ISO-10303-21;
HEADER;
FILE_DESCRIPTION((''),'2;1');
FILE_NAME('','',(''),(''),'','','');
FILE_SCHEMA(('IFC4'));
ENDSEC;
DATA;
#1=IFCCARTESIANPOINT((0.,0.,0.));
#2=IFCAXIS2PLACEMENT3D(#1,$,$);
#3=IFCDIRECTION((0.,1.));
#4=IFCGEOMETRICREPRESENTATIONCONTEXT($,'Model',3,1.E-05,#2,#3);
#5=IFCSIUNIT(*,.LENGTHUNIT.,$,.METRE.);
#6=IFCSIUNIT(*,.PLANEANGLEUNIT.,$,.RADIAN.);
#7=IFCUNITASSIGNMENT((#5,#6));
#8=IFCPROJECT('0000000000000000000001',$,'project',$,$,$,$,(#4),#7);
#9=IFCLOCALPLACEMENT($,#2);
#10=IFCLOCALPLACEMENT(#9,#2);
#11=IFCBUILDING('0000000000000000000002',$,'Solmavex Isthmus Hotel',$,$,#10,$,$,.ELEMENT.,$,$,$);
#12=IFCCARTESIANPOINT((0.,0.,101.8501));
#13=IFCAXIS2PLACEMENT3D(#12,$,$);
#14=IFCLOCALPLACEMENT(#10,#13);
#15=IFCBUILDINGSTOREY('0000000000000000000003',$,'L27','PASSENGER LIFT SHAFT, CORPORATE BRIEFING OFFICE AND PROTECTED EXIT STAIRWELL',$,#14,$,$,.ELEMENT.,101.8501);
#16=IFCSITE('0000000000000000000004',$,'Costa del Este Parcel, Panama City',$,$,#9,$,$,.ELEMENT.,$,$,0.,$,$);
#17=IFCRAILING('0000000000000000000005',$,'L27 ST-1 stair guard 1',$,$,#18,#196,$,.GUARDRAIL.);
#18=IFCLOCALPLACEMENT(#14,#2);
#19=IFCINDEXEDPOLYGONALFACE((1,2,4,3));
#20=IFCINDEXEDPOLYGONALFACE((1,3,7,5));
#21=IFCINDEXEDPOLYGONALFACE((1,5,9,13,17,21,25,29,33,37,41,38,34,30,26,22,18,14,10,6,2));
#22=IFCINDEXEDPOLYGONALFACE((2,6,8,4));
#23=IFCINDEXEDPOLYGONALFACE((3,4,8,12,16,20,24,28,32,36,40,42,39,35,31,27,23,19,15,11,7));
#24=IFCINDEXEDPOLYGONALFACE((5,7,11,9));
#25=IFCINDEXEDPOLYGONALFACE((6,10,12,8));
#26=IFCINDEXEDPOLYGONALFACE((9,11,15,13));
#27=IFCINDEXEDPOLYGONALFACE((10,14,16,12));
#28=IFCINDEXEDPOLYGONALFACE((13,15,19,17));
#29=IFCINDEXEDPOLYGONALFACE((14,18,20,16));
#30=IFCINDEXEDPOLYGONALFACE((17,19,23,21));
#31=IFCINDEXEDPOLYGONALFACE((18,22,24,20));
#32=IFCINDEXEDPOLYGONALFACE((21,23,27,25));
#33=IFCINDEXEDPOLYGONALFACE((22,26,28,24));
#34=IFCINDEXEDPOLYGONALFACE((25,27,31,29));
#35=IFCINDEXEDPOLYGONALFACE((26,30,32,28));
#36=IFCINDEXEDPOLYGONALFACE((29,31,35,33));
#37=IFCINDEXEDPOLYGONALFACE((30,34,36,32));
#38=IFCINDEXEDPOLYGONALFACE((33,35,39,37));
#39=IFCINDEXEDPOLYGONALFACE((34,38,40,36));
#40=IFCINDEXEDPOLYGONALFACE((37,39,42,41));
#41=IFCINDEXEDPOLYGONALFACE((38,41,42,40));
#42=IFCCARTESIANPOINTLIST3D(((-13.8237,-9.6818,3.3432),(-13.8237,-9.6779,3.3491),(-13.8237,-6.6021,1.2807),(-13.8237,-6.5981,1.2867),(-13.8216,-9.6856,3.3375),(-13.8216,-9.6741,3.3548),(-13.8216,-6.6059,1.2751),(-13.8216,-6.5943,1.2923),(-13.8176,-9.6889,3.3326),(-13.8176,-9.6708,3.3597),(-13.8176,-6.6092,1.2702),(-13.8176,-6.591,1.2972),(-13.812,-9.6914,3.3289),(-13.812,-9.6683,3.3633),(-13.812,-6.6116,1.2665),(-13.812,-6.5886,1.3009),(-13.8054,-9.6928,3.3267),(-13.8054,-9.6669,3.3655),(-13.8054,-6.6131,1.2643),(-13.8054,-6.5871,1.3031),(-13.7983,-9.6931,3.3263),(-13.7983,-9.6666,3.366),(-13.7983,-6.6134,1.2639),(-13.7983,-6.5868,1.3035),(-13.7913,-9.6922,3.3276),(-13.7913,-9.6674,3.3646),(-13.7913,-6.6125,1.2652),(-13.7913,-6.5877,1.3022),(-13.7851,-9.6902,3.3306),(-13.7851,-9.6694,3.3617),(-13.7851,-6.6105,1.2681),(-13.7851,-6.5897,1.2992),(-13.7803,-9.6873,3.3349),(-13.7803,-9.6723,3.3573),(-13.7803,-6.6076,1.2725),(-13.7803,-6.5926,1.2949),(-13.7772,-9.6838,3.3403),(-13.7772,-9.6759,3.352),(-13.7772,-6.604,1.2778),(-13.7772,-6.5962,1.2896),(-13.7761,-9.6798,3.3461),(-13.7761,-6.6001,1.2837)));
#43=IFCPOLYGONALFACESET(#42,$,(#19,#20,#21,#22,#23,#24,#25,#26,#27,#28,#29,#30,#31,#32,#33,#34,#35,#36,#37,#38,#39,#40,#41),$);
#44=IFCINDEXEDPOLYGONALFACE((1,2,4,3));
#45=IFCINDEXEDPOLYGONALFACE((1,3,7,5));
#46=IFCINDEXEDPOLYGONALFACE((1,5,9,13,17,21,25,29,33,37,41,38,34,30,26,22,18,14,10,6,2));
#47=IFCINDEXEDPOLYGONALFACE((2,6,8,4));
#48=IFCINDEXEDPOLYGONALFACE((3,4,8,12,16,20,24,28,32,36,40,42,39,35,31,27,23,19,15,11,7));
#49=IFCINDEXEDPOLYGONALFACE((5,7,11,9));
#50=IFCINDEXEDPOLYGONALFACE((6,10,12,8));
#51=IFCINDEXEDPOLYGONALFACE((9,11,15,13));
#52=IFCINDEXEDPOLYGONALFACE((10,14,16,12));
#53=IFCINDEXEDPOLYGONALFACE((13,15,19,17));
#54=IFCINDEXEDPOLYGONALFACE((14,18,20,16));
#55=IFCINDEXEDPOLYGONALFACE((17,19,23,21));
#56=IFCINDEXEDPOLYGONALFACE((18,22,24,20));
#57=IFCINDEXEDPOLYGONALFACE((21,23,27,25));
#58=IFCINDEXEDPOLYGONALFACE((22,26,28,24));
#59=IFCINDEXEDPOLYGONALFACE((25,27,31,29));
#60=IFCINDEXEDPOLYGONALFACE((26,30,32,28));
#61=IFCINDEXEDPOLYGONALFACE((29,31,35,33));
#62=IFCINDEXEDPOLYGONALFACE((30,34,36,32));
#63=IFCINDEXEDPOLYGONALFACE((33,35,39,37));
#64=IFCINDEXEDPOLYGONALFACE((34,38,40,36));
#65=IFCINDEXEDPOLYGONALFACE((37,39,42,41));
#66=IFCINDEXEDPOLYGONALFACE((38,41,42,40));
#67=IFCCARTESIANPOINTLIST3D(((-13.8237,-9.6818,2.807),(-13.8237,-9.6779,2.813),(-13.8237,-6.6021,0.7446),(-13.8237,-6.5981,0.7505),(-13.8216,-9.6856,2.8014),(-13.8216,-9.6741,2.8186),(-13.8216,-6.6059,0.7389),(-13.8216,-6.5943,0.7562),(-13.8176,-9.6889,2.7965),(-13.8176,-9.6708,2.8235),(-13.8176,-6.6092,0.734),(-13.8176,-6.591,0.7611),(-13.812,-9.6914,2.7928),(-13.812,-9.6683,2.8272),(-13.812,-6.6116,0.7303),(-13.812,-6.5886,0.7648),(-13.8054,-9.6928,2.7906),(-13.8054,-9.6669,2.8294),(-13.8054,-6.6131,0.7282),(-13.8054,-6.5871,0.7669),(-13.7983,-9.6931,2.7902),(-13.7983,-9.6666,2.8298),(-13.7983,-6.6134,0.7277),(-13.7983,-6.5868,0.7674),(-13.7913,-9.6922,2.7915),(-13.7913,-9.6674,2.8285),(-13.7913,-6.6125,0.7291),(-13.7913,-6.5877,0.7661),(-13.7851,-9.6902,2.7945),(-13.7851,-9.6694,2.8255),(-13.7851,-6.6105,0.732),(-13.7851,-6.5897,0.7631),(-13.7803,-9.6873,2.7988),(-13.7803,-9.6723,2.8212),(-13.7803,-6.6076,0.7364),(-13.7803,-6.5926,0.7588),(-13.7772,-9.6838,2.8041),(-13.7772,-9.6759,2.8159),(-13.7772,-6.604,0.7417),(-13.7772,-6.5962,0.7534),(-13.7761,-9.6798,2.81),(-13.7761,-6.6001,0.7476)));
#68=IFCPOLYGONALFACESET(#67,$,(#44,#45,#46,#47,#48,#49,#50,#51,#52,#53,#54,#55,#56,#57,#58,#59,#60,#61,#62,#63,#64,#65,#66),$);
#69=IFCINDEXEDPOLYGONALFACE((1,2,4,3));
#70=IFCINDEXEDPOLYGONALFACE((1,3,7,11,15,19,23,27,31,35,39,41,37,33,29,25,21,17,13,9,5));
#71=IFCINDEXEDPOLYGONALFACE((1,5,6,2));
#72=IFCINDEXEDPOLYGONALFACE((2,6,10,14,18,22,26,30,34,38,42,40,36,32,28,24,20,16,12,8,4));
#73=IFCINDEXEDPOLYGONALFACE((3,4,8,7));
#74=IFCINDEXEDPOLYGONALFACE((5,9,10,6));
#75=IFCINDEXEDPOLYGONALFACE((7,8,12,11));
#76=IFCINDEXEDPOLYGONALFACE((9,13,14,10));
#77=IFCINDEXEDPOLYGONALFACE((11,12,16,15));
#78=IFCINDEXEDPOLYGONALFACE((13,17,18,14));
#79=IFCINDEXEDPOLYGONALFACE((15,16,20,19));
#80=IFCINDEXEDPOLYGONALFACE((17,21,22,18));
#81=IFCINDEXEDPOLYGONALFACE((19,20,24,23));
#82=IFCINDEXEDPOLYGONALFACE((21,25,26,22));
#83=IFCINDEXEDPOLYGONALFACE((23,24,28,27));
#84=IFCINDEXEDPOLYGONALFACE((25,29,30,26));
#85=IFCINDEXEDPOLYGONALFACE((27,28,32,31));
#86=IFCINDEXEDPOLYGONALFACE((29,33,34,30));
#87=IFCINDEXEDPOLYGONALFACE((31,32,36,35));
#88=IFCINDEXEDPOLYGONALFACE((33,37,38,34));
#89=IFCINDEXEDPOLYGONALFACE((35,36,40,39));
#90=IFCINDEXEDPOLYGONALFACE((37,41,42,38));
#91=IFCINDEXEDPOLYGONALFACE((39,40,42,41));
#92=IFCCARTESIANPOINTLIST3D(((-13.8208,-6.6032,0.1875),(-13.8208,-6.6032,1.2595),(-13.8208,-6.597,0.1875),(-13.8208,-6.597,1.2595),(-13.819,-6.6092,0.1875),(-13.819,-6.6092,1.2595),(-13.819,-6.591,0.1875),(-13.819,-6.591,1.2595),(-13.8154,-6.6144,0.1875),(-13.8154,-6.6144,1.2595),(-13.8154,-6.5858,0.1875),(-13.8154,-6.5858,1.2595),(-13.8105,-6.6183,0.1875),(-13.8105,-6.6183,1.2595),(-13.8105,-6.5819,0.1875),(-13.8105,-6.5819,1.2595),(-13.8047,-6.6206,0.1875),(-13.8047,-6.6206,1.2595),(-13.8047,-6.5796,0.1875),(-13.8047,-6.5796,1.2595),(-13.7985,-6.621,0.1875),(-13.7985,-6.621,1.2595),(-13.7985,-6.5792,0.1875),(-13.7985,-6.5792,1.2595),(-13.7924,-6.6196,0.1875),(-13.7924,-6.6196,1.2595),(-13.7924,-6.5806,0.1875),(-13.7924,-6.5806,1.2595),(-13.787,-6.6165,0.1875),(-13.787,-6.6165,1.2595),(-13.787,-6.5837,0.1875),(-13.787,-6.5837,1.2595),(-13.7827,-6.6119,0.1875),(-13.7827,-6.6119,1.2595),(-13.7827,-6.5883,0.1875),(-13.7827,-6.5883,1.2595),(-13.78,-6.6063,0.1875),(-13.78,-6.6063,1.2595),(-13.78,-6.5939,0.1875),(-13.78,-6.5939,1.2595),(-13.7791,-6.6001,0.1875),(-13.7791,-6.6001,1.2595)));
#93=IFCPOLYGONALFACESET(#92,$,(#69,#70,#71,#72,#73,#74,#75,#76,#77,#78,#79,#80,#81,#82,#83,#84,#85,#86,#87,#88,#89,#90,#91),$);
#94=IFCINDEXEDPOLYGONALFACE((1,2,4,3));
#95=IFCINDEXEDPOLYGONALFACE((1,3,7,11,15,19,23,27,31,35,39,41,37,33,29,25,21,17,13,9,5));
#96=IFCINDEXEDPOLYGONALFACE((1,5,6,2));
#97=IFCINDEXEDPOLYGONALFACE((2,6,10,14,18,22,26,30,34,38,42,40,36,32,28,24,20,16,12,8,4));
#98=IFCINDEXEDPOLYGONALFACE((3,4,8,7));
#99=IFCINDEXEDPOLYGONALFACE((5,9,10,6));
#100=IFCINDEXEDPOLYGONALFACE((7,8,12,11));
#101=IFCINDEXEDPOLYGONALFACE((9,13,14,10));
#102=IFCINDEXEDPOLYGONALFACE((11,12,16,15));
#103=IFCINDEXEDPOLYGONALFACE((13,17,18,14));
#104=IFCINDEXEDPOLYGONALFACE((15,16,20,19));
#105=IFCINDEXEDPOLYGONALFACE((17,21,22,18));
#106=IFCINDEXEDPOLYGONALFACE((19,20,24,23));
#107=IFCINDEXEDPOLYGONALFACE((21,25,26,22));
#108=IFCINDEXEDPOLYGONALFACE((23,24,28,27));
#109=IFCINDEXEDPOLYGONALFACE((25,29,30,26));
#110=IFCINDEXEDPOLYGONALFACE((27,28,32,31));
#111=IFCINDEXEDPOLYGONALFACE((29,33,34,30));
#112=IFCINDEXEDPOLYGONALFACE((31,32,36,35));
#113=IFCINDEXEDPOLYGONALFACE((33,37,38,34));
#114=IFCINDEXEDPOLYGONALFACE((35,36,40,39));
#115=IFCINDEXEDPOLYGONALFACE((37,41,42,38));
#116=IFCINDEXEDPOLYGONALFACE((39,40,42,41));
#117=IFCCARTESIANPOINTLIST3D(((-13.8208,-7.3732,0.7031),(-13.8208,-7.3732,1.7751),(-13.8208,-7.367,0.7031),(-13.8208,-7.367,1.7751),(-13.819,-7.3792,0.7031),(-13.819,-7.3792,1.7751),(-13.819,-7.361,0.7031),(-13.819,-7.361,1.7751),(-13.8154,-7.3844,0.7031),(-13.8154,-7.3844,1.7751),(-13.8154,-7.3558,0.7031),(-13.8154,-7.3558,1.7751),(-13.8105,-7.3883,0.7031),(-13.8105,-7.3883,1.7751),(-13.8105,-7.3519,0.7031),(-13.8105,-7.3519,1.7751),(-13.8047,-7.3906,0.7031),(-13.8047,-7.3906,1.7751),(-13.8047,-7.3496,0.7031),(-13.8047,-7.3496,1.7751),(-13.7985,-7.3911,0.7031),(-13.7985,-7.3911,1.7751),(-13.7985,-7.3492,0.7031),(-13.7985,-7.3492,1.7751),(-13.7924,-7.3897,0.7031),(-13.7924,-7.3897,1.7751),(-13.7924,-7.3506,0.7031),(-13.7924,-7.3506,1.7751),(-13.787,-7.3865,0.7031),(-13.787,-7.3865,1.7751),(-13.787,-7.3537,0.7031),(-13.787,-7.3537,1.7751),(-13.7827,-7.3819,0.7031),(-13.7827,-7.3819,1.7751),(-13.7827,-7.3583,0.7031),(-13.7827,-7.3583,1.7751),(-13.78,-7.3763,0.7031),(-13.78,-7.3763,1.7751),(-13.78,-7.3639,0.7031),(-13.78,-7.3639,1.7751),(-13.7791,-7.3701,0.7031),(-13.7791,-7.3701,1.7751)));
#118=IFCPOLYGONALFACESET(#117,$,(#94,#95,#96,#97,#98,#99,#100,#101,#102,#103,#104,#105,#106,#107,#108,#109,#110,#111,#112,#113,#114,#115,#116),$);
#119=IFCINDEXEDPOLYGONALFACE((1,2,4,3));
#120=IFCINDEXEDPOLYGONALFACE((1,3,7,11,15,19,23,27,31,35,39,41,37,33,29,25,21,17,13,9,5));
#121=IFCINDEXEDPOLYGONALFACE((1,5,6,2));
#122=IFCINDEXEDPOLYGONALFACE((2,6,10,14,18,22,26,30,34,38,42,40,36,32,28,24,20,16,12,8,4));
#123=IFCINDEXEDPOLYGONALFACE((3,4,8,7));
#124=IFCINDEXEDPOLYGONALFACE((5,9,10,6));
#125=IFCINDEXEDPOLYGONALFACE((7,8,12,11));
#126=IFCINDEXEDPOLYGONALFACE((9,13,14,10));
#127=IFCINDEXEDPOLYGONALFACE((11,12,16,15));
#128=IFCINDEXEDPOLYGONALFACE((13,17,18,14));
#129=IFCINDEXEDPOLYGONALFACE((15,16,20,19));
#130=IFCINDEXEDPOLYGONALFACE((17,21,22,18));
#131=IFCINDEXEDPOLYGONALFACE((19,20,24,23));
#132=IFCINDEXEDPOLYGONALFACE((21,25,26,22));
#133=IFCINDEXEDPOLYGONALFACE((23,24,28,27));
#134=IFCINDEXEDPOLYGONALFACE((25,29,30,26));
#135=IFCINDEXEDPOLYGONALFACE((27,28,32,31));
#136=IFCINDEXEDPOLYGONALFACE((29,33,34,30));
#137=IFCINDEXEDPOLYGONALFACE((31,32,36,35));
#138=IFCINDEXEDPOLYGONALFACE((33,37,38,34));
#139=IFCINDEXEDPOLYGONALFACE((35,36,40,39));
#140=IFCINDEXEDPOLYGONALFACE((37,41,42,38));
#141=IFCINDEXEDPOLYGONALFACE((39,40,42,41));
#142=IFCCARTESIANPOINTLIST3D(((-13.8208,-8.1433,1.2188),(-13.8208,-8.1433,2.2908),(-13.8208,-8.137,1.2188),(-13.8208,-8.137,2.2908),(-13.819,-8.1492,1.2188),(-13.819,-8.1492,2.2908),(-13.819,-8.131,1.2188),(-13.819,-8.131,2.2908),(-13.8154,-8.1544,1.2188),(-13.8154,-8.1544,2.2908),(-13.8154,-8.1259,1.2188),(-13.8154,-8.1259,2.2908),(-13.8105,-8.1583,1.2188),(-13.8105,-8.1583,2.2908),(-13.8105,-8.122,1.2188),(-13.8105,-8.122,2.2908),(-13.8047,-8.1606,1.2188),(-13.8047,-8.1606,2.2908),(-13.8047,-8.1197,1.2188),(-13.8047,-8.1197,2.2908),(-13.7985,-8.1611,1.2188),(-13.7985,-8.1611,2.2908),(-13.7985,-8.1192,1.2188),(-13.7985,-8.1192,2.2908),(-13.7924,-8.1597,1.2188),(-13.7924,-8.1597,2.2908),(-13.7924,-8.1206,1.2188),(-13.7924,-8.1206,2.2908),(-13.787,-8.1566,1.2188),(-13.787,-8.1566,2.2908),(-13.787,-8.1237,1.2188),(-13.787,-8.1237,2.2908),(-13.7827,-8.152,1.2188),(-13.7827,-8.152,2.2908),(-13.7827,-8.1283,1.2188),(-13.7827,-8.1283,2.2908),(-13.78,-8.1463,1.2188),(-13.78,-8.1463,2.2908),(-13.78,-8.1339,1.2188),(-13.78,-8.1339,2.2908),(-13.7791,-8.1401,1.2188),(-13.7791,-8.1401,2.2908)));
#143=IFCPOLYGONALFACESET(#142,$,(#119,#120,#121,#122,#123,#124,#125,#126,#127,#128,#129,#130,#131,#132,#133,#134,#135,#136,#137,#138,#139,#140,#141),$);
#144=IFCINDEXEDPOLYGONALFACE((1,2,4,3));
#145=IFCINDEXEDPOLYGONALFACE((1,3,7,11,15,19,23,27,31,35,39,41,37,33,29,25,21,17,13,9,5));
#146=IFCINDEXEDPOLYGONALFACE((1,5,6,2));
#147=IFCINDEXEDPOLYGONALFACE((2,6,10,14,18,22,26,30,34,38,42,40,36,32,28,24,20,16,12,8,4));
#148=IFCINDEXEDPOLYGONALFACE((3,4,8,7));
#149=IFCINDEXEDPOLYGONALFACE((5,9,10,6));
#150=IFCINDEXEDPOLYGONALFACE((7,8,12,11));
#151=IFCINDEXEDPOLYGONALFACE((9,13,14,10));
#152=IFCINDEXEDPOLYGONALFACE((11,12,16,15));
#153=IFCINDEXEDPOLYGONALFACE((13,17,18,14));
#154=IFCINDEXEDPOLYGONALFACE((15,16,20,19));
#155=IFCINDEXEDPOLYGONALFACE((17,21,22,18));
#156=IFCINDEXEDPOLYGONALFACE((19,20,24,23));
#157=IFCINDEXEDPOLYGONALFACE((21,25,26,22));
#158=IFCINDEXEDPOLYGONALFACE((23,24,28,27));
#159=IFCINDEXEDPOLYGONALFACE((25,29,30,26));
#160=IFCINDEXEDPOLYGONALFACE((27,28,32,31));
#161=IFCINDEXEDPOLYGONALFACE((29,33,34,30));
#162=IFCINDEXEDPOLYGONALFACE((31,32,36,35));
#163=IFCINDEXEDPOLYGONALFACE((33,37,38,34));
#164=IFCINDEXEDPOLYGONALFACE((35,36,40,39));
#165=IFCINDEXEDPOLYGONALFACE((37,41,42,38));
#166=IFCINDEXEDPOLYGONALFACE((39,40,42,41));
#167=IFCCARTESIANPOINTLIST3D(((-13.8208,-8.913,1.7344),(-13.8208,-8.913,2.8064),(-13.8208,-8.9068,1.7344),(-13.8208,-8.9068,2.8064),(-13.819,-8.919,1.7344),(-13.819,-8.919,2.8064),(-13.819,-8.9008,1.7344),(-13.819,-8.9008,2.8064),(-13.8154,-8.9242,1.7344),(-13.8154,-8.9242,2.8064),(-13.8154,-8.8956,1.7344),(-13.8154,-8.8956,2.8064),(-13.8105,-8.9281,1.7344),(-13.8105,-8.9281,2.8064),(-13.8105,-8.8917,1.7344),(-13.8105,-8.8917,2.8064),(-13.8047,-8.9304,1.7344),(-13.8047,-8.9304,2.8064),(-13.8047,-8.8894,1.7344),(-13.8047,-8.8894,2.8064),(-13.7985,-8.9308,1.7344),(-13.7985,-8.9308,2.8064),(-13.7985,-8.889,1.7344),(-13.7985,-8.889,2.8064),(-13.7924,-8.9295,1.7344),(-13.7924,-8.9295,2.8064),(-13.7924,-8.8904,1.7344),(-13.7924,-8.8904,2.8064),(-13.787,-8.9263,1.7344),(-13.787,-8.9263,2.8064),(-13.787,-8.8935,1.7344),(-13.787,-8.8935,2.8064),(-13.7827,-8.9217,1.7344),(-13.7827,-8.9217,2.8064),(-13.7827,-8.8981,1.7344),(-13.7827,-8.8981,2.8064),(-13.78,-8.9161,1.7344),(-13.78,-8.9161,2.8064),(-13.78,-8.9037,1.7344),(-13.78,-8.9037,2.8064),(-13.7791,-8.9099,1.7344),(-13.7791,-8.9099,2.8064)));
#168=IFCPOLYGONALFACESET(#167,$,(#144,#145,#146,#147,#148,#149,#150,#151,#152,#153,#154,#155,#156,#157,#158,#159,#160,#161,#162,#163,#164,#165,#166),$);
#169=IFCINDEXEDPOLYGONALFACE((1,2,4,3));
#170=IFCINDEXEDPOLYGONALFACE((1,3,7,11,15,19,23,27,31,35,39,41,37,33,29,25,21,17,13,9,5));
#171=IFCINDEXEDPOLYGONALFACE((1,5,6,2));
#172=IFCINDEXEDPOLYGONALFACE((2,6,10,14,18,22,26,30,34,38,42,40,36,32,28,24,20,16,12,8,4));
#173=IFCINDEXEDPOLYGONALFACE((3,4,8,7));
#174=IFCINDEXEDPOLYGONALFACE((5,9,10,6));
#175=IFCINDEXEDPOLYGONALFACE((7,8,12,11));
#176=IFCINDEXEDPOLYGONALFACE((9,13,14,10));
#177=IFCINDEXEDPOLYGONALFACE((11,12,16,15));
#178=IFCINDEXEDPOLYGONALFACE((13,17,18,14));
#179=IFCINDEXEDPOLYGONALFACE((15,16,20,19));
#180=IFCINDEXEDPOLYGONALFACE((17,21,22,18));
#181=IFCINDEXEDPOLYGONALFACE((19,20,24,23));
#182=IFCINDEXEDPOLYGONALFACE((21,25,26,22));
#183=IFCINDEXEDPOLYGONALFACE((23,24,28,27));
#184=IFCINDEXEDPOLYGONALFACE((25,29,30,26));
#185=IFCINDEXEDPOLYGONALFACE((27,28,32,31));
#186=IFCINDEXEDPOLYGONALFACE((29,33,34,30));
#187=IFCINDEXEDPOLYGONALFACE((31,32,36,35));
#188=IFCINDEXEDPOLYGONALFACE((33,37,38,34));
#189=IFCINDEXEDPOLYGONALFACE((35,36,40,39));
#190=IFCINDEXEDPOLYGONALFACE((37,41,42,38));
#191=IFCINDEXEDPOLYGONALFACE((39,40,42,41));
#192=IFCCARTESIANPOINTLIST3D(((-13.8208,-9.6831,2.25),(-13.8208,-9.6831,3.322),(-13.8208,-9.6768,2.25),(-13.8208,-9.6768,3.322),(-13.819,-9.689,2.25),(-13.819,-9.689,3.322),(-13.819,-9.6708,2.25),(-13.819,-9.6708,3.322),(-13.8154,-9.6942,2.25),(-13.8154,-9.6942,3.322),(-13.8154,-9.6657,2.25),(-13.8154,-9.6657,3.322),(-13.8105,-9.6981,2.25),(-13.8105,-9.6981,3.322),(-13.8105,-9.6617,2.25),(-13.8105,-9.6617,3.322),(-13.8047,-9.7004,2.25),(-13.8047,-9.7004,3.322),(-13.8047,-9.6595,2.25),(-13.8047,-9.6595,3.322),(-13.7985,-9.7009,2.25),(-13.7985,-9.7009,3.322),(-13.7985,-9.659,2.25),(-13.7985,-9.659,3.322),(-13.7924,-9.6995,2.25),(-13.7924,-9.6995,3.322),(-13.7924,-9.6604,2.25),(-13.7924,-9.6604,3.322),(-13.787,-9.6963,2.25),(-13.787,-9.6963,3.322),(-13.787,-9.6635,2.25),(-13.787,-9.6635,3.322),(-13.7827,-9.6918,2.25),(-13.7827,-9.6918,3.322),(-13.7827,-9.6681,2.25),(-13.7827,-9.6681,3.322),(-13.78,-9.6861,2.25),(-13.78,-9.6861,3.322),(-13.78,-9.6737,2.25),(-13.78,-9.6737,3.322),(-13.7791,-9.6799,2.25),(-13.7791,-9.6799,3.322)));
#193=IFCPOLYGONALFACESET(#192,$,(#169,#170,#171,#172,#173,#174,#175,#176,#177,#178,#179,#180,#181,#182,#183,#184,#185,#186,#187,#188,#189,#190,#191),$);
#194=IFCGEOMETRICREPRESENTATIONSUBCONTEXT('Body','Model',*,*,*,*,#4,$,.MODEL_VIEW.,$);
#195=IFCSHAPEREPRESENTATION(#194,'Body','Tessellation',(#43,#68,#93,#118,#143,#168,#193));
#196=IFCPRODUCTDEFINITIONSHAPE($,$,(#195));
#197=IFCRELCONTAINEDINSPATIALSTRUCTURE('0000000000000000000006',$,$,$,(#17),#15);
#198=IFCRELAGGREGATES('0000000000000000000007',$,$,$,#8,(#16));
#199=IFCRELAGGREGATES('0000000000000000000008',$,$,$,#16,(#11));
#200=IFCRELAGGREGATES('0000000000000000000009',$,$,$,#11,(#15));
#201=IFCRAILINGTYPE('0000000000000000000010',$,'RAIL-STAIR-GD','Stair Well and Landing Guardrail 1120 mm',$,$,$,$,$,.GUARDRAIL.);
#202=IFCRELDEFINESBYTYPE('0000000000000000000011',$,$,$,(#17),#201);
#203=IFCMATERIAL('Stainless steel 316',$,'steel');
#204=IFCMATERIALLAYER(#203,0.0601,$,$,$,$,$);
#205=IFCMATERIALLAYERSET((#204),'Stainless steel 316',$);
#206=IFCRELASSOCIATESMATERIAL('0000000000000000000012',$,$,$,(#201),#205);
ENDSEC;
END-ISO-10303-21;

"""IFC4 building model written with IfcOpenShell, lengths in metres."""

from ifc_helpers import new_model, si_unit, direction, frame, origin, origin_2d, place, context, subcontext, project, spatial, circle, extrude, material, layer, layer_set, type_object, element, save


model = new_model("IFC4")

# Units and contexts
model_context = context("Model", 3, precision=1e-05, world=origin(), true_north=direction((0.0, 1.0)))
body_context = subcontext(model_context, "Body", "Model", "MODEL_VIEW")
ifc_project = project(units=[si_unit("LENGTHUNIT", "METRE"), si_unit("PLANEANGLEUNIT", "RADIAN")], contexts=[model_context])

# Site, building, storey
site_placement = place(None, origin())
site = spatial("IfcSite", under=ifc_project, at=site_placement, Name="Costa del Este Parcel, Panama City", CompositionType="ELEMENT", RefElevation=0.0)
building_placement = place(site_placement, origin())
building = spatial("IfcBuilding", under=site, at=building_placement, Name="Solmavex Isthmus Hotel", CompositionType="ELEMENT")
storey_placement = place(building_placement, frame((0.0, 0.0, 101.8501)))
storey = spatial("IfcBuildingStorey", under=building, at=storey_placement, Name="L27", Description="PASSENGER LIFT SHAFT, CORPORATE BRIEFING OFFICE AND PROTECTED EXIT STAIRWELL", CompositionType="ELEMENT", Elevation=101.8501)

# Railing
ifc_material_1 = material(Name="Stainless steel 316", Category="steel")
ifc_layer_1 = layer(ifc_material_1, 0.0601)
ifc_layer_set_1 = layer_set([ifc_layer_1], Name="Stainless steel 316")
railing_type_1 = type_object("IfcRailingType", Name="RAIL-STAIR-GD", Description="Stair Well and Landing Guardrail 1120 mm", PredefinedType="GUARDRAIL", material=ifc_layer_set_1)
railing_1_placement = place(storey_placement, frame((-13.8, -6.6001, 0.1875)))
element("IfcRailing", 1, at=railing_1_placement, inside=storey, type_object=railing_type_1, Name="L27 ST-1 stair guard 1", PredefinedType="GUARDRAIL", context=body_context, shape_type="SweptSolid", body=[
    extrude(circle(Radius=0.0239, at=origin_2d()), frame((0.0, 0.0, 1.0962), z_axis=(0.0, -0.830893, 0.556432), x_axis=(1.0, 0.0, 0.0)), (0.0, 0.0, 1.0), 3.7065),
    extrude(circle(Radius=0.0239, at=origin_2d()), frame((0.0, 0.0, 0.5601), z_axis=(0.0, -0.830893, 0.556432), x_axis=(1.0, 0.0, 0.0)), (0.0, 0.0, 1.0), 3.7065),
    extrude(circle(Radius=0.021, at=origin_2d()), origin(), (0.0, 0.0, 1.0), 1.072),
    extrude(circle(Radius=0.021, at=origin_2d()), frame((0.0, -0.77, 0.5156)), (0.0, 0.0, 1.0), 1.072),
    extrude(circle(Radius=0.021, at=origin_2d()), frame((0.0, -1.54, 1.0312)), (0.0, 0.0, 1.0), 1.072),
    extrude(circle(Radius=0.021, at=origin_2d()), frame((0.0, -2.3098, 1.5469)), (0.0, 0.0, 1.0), 1.072),
    extrude(circle(Radius=0.021, at=origin_2d()), frame((0.0, -3.0798, 2.0625)), (0.0, 0.0, 1.0), 1.072),
])

save(model, "model.ifc")
